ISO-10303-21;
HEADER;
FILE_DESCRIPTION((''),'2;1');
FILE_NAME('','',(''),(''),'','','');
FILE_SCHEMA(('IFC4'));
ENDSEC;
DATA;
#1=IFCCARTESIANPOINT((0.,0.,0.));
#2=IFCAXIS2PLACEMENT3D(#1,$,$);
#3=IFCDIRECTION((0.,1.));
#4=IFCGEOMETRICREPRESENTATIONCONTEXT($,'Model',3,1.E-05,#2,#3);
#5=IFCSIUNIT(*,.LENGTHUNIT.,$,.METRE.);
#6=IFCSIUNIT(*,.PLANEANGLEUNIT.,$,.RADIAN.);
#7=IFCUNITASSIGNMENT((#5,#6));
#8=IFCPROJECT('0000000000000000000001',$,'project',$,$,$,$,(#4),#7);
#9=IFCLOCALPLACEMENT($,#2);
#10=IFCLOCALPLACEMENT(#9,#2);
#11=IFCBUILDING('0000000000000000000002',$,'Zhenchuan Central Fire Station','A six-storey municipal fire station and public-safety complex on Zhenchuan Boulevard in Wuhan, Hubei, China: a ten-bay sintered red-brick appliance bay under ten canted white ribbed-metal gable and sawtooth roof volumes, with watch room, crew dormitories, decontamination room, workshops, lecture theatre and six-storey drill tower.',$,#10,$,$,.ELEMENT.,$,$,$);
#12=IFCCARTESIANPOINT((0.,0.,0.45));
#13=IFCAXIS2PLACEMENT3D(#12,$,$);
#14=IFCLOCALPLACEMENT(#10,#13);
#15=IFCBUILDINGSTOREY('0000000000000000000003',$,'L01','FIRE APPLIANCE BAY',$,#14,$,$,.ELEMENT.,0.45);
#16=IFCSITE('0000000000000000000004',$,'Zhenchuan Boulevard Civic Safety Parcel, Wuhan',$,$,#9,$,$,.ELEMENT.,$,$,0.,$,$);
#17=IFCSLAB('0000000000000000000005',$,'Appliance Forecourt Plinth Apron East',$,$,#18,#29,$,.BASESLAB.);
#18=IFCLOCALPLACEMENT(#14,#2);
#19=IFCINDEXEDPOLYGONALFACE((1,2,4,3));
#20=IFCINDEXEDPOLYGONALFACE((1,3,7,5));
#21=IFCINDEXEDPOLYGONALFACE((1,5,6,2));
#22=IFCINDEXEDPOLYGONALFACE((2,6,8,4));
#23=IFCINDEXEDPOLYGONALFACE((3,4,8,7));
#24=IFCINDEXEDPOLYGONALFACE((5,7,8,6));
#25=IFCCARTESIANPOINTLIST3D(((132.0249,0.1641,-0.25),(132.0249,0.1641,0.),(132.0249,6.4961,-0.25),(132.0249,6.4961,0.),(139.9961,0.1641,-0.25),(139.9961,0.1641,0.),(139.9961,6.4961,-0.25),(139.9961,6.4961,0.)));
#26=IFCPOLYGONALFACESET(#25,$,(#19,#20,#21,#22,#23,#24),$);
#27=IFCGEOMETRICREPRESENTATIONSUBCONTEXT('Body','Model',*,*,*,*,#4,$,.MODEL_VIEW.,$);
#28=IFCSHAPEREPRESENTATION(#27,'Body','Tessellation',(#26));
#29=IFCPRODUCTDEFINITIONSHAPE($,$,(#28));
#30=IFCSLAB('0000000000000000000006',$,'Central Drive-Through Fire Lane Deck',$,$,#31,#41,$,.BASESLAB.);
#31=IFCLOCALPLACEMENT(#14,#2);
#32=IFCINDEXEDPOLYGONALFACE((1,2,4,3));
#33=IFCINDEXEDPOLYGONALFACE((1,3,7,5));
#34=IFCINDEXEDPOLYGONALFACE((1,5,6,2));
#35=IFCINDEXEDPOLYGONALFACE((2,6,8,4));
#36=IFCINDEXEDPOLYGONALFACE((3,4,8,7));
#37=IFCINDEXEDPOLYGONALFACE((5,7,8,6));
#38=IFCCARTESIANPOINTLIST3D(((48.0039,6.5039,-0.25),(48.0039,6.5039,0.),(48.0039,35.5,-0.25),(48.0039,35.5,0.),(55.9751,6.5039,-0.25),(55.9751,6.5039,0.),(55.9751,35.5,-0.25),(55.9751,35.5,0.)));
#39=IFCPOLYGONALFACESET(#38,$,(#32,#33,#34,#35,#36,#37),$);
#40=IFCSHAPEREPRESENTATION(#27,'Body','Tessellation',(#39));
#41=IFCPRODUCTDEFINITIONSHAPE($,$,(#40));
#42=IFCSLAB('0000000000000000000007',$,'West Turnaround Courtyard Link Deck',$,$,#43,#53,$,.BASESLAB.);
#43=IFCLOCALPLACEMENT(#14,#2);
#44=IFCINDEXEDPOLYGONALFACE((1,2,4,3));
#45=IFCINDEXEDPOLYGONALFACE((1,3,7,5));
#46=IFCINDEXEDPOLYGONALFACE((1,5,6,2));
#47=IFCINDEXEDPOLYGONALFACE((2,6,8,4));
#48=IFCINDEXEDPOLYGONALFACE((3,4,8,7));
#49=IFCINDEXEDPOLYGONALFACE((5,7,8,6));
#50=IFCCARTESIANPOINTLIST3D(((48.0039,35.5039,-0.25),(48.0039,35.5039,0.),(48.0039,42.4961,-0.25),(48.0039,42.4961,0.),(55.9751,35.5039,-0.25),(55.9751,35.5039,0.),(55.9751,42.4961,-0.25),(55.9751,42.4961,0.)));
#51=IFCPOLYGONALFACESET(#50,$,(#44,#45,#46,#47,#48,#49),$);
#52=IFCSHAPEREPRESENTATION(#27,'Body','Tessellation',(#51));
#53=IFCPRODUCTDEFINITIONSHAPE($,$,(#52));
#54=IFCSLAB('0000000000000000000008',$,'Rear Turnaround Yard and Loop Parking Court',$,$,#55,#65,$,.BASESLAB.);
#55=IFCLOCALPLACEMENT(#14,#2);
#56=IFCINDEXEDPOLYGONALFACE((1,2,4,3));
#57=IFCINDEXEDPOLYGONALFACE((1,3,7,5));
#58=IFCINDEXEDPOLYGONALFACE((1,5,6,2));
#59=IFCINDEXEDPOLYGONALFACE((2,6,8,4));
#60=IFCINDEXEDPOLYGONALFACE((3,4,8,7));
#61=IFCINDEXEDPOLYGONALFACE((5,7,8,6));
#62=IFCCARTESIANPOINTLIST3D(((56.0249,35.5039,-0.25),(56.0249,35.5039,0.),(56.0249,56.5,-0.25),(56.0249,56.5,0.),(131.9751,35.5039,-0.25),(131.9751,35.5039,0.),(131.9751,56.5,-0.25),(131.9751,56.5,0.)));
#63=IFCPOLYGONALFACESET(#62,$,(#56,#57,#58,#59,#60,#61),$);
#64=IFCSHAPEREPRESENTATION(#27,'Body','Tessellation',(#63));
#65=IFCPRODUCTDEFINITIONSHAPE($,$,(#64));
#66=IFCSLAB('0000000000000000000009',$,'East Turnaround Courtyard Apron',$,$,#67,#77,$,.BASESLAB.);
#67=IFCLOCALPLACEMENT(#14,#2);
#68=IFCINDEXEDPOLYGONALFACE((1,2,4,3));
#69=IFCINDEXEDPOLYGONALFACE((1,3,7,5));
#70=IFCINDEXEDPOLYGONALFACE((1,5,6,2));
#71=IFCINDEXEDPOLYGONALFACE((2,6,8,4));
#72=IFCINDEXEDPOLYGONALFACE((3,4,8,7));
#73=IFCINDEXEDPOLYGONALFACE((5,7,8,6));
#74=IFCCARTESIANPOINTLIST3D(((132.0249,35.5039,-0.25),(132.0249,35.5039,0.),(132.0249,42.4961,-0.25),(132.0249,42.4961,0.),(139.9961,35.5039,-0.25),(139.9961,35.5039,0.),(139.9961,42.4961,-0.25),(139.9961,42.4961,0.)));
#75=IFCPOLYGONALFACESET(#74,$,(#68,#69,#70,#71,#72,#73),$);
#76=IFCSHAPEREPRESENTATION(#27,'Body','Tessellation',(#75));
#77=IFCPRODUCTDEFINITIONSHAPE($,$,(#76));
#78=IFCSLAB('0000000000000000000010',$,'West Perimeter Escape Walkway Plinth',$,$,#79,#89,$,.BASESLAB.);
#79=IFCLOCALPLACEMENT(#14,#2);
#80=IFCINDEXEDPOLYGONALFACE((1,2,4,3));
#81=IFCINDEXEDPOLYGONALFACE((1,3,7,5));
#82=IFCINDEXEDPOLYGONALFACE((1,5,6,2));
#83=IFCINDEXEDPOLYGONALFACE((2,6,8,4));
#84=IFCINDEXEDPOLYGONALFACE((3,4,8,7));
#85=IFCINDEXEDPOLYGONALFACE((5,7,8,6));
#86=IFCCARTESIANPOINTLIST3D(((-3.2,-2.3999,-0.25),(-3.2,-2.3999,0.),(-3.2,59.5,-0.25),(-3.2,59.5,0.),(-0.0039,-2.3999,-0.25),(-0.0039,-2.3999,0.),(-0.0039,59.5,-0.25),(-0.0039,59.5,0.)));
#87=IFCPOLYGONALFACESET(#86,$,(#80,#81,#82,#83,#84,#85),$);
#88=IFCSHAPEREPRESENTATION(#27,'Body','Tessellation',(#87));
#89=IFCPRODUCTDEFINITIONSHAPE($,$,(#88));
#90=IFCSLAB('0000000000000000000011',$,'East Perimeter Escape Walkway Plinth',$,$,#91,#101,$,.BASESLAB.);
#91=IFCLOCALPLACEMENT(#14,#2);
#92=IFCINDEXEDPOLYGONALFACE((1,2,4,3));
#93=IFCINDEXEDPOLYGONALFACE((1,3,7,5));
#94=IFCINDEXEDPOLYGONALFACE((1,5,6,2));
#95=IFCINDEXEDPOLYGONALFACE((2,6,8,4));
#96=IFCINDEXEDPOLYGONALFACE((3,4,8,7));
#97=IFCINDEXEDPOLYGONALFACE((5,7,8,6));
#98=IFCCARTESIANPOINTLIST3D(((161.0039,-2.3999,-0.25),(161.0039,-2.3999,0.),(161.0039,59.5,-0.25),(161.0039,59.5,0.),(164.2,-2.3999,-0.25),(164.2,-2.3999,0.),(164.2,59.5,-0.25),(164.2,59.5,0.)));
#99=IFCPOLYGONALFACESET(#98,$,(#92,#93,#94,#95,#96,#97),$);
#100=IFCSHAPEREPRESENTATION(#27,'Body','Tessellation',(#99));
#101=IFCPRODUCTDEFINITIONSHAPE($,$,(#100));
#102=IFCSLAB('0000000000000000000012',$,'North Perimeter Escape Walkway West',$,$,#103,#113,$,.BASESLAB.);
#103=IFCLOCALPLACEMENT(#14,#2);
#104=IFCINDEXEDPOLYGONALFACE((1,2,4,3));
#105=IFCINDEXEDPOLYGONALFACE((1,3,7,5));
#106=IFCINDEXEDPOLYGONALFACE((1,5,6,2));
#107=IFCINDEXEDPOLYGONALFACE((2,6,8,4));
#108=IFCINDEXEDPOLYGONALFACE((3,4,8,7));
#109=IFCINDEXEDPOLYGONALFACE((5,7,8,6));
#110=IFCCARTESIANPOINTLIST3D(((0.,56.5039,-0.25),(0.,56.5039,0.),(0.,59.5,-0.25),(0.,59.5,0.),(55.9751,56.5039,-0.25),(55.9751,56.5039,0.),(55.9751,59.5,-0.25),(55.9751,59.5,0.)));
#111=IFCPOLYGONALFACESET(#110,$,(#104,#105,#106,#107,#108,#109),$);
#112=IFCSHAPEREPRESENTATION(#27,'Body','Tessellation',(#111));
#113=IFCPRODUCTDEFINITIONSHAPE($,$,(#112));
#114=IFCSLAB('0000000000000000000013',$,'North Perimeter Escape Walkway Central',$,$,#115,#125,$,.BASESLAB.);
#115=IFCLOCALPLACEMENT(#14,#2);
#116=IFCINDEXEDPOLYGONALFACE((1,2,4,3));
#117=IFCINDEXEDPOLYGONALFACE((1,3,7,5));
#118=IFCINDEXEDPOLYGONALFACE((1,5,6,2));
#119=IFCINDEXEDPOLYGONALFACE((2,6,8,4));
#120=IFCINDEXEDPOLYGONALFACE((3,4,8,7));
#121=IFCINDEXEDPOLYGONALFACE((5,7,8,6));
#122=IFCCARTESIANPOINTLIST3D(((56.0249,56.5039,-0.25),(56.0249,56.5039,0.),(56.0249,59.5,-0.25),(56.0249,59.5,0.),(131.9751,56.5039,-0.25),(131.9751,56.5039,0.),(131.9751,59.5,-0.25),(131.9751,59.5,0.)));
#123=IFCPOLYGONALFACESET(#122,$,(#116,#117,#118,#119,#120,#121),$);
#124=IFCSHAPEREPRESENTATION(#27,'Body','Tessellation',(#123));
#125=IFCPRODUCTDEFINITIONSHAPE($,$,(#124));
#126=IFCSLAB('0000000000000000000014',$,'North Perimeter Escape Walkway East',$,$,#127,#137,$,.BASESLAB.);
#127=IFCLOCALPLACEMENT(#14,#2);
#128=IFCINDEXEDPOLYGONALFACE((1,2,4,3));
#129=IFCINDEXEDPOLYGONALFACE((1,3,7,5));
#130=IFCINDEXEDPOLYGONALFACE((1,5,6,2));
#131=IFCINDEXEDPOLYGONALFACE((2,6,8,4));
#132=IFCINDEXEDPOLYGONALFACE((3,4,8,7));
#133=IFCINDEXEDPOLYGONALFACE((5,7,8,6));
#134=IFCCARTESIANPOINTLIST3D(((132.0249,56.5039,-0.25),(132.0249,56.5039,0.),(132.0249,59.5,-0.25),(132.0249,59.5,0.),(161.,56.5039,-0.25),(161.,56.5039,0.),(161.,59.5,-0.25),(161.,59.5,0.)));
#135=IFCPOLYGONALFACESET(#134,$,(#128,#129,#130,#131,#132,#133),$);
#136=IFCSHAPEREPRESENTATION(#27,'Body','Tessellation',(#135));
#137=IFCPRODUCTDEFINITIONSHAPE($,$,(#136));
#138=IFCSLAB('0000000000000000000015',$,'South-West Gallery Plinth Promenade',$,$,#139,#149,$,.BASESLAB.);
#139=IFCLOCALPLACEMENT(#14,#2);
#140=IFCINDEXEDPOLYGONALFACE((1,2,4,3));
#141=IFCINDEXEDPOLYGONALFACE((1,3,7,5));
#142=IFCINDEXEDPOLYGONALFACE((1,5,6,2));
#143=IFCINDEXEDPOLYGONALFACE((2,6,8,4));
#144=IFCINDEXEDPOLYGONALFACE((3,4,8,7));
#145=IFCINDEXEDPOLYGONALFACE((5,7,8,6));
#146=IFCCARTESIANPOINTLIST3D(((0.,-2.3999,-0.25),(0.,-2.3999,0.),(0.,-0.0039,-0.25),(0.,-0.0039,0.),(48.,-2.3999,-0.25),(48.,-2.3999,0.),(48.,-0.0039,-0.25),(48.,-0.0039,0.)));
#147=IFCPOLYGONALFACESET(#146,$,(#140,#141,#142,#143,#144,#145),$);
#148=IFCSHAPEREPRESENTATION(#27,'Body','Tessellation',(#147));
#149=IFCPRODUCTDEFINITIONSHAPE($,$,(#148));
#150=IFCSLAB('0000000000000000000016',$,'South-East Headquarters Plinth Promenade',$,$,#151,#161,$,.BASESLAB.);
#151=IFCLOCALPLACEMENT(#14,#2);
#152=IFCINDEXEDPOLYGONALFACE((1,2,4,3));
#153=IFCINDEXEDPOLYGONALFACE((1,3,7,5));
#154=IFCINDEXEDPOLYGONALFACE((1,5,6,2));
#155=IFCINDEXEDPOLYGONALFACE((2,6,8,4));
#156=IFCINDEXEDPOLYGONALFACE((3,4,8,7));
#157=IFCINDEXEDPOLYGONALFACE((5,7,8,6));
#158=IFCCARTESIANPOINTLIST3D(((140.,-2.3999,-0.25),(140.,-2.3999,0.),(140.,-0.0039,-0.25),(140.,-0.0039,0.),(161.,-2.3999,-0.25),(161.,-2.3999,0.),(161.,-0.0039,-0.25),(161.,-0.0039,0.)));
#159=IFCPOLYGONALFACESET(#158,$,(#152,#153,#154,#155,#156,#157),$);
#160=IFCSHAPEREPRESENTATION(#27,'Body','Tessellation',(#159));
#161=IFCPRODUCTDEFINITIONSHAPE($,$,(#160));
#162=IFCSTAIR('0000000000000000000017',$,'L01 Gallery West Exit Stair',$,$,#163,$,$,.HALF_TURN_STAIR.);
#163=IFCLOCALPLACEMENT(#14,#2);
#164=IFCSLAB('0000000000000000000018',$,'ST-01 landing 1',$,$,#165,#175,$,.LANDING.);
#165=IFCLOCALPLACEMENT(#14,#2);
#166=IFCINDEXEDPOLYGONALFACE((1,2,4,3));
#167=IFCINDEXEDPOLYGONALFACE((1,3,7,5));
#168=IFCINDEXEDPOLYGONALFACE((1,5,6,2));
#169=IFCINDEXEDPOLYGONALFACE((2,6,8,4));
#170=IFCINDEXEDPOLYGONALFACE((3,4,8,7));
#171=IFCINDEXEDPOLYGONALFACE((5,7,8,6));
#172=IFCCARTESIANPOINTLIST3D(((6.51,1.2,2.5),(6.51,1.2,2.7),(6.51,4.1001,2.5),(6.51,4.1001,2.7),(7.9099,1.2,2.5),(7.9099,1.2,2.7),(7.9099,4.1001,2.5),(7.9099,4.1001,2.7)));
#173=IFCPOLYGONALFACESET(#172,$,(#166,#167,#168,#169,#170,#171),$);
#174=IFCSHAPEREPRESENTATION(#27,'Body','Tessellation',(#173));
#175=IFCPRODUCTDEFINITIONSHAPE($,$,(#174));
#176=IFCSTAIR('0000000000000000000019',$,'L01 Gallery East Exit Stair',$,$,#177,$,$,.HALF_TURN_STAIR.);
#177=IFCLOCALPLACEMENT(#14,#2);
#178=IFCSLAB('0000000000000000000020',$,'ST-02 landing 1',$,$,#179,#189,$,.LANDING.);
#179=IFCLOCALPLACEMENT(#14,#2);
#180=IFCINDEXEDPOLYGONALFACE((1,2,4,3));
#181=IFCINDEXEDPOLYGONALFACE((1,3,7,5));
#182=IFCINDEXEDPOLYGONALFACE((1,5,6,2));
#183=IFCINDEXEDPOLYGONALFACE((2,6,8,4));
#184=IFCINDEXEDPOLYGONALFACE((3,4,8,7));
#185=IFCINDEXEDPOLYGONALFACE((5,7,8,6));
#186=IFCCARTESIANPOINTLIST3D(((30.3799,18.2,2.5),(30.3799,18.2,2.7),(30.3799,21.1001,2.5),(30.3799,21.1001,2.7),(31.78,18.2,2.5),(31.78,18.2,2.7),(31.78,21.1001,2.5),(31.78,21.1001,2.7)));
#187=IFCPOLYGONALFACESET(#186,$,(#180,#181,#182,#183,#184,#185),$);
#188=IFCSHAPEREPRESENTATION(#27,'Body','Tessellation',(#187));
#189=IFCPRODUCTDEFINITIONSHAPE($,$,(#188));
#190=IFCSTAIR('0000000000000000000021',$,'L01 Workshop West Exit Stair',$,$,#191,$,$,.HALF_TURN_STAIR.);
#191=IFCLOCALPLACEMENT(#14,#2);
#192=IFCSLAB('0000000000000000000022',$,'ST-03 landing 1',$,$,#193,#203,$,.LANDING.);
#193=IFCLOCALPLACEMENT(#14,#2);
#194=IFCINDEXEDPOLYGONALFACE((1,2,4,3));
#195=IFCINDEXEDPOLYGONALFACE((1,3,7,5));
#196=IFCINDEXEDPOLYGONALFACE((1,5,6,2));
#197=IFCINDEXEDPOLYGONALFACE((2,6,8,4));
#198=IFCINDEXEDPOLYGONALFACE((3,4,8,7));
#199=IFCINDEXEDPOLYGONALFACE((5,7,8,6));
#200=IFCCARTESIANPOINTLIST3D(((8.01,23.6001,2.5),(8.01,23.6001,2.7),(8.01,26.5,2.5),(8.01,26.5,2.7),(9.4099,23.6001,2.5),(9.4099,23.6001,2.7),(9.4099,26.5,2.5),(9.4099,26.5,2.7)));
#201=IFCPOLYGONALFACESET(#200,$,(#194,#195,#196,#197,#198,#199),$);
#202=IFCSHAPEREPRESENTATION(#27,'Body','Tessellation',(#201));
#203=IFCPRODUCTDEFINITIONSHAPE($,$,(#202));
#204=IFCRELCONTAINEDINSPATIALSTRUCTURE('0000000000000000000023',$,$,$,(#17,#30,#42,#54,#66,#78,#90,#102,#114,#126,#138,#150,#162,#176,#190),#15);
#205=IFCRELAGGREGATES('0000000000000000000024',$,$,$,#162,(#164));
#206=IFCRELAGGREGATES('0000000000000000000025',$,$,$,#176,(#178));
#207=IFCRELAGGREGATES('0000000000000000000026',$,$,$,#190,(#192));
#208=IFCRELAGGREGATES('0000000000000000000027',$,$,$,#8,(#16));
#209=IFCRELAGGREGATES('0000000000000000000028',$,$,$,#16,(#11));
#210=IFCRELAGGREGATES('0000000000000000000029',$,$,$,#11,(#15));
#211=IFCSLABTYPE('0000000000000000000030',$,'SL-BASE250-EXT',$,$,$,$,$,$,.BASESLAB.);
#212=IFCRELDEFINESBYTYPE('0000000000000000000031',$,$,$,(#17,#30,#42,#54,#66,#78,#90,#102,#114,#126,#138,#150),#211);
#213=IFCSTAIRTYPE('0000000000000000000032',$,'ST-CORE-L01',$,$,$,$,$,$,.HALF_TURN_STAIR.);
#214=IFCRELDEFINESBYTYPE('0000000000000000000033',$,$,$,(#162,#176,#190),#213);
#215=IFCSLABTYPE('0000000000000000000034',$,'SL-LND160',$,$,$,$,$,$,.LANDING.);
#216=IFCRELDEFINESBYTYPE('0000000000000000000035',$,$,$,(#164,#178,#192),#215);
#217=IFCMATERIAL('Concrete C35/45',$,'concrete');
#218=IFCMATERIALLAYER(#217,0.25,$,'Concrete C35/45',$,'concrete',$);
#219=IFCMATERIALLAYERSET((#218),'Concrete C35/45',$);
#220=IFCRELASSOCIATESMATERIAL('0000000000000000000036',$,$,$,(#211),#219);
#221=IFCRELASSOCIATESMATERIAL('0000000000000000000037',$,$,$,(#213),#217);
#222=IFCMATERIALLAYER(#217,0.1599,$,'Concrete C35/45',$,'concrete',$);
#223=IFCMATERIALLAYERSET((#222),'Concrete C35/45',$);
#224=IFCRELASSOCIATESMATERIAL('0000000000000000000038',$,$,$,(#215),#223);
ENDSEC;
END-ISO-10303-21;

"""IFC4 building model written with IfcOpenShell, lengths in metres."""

from ifc_helpers import new_model, si_unit, direction, frame, origin, place, context, subcontext, project, spatial, polyline, outline, extrude, material, layer, layer_set, type_object, element, aggregate, save


model = new_model("IFC4")

# Units and contexts
model_context = context("Model", 3, precision=1e-05, world=origin(), true_north=direction((0.0, 1.0)))
body_context = subcontext(model_context, "Body", "Model", "MODEL_VIEW")
ifc_project = project(units=[si_unit("LENGTHUNIT", "METRE"), si_unit("PLANEANGLEUNIT", "RADIAN")], contexts=[model_context])

# Site, building, storey
site_placement = place(None, origin())
site = spatial("IfcSite", under=ifc_project, at=site_placement, Name="Zhenchuan Boulevard Civic Safety Parcel, Wuhan", CompositionType="ELEMENT", RefElevation=0.0)
building_placement = place(site_placement, origin())
building = spatial("IfcBuilding", under=site, at=building_placement, Name="Zhenchuan Central Fire Station", Description="A six-storey municipal fire station and public-safety complex on Zhenchuan Boulevard in Wuhan, Hubei, China: a ten-bay sintered red-brick appliance bay under ten canted white ribbed-metal gable and sawtooth roof volumes, with watch room, crew dormitories, decontamination room, workshops, lecture theatre and six-storey drill tower.", CompositionType="ELEMENT")
storey_placement = place(building_placement, frame((0.0, 0.0, 0.45)))
storey = spatial("IfcBuildingStorey", under=building, at=storey_placement, Name="L01", Description="FIRE APPLIANCE BAY", CompositionType="ELEMENT", Elevation=0.45)

# Slabs
ifc_material = material(Name="Concrete C35/45", Category="concrete")
ifc_layer_1 = layer(ifc_material, 0.25, Name="Concrete C35/45", Category="concrete")
ifc_layer_set_1 = layer_set([ifc_layer_1], Name="Concrete C35/45")
slab_type_1 = type_object("IfcSlabType", Name="SL-BASE250-EXT", PredefinedType="BASESLAB", material=ifc_layer_set_1)
slab_1_placement = place(storey_placement, frame((0.0, 0.0, -0.25)))
element("IfcSlab", 1, at=slab_1_placement, inside=storey, type_object=slab_type_1, Name="Appliance Forecourt Plinth Apron East", PredefinedType="BASESLAB", context=body_context, shape_type="SweptSolid", body=[
    extrude(outline(polyline([(132.0249, 0.1641), (139.9961, 0.1641), (139.9961, 6.4961), (132.0249, 6.4961), (132.0249, 0.1641)])), origin(), (0.0, 0.0, 1.0), 0.25),
])
slab_2_placement = place(storey_placement, frame((0.0, 0.0, -0.25)))
element("IfcSlab", 2, at=slab_2_placement, inside=storey, type_object=slab_type_1, Name="Central Drive-Through Fire Lane Deck", PredefinedType="BASESLAB", context=body_context, shape_type="SweptSolid", body=[
    extrude(outline(polyline([(48.0039, 6.5039), (55.9751, 6.5039), (55.9751, 35.5), (48.0039, 35.5), (48.0039, 6.5039)])), origin(), (0.0, 0.0, 1.0), 0.25),
])
slab_3_placement = place(storey_placement, frame((0.0, 0.0, -0.25)))
element("IfcSlab", 3, at=slab_3_placement, inside=storey, type_object=slab_type_1, Name="West Turnaround Courtyard Link Deck", PredefinedType="BASESLAB", context=body_context, shape_type="SweptSolid", body=[
    extrude(outline(polyline([(48.0039, 35.5039), (55.9751, 35.5039), (55.9751, 42.4961), (48.0039, 42.4961), (48.0039, 35.5039)])), origin(), (0.0, 0.0, 1.0), 0.25),
])
slab_4_placement = place(storey_placement, frame((0.0, 0.0, -0.25)))
element("IfcSlab", 4, at=slab_4_placement, inside=storey, type_object=slab_type_1, Name="Rear Turnaround Yard and Loop Parking Court", PredefinedType="BASESLAB", context=body_context, shape_type="SweptSolid", body=[
    extrude(outline(polyline([(56.0249, 35.5039), (131.9751, 35.5039), (131.9751, 56.5), (56.0249, 56.5), (56.0249, 35.5039)])), origin(), (0.0, 0.0, 1.0), 0.25),
])
slab_5_placement = place(storey_placement, frame((0.0, 0.0, -0.25)))
element("IfcSlab", 5, at=slab_5_placement, inside=storey, type_object=slab_type_1, Name="East Turnaround Courtyard Apron", PredefinedType="BASESLAB", context=body_context, shape_type="SweptSolid", body=[
    extrude(outline(polyline([(132.0249, 35.5039), (139.9961, 35.5039), (139.9961, 42.4961), (132.0249, 42.4961), (132.0249, 35.5039)])), origin(), (0.0, 0.0, 1.0), 0.25),
])
slab_6_placement = place(storey_placement, frame((0.0, 0.0, -0.25)))
element("IfcSlab", 6, at=slab_6_placement, inside=storey, type_object=slab_type_1, Name="West Perimeter Escape Walkway Plinth", PredefinedType="BASESLAB", context=body_context, shape_type="SweptSolid", body=[
    extrude(outline(polyline([(-3.2, -2.3999), (-0.0039, -2.3999), (-0.0039, 59.5), (-3.2, 59.5), (-3.2, -2.3999)])), origin(), (0.0, 0.0, 1.0), 0.25),
])
slab_7_placement = place(storey_placement, frame((0.0, 0.0, -0.25)))
element("IfcSlab", 7, at=slab_7_placement, inside=storey, type_object=slab_type_1, Name="East Perimeter Escape Walkway Plinth", PredefinedType="BASESLAB", context=body_context, shape_type="SweptSolid", body=[
    extrude(outline(polyline([(161.0039, -2.3999), (164.2, -2.3999), (164.2, 59.5), (161.0039, 59.5), (161.0039, -2.3999)])), origin(), (0.0, 0.0, 1.0), 0.25),
])
slab_8_placement = place(storey_placement, frame((0.0, 0.0, -0.25)))
element("IfcSlab", 8, at=slab_8_placement, inside=storey, type_object=slab_type_1, Name="North Perimeter Escape Walkway West", PredefinedType="BASESLAB", context=body_context, shape_type="SweptSolid", body=[
    extrude(outline(polyline([(0.0, 56.5039), (55.9751, 56.5039), (55.9751, 59.5), (0.0, 59.5), (0.0, 56.5039)])), origin(), (0.0, 0.0, 1.0), 0.25),
])
slab_9_placement = place(storey_placement, frame((0.0, 0.0, -0.25)))
element("IfcSlab", 9, at=slab_9_placement, inside=storey, type_object=slab_type_1, Name="North Perimeter Escape Walkway Central", PredefinedType="BASESLAB", context=body_context, shape_type="SweptSolid", body=[
    extrude(outline(polyline([(56.0249, 56.5039), (131.9751, 56.5039), (131.9751, 59.5), (56.0249, 59.5), (56.0249, 56.5039)])), origin(), (0.0, 0.0, 1.0), 0.25),
])
slab_10_placement = place(storey_placement, frame((0.0, 0.0, -0.25)))
element("IfcSlab", 10, at=slab_10_placement, inside=storey, type_object=slab_type_1, Name="North Perimeter Escape Walkway East", PredefinedType="BASESLAB", context=body_context, shape_type="SweptSolid", body=[
    extrude(outline(polyline([(132.0249, 56.5039), (161.0, 56.5039), (161.0, 59.5), (132.0249, 59.5), (132.0249, 56.5039)])), origin(), (0.0, 0.0, 1.0), 0.25),
])
slab_11_placement = place(storey_placement, frame((0.0, 0.0, -0.25)))
element("IfcSlab", 11, at=slab_11_placement, inside=storey, type_object=slab_type_1, Name="South-West Gallery Plinth Promenade", PredefinedType="BASESLAB", context=body_context, shape_type="SweptSolid", body=[
    extrude(outline(polyline([(0.0, -2.3999), (48.0, -2.3999), (48.0, -0.0039), (0.0, -0.0039), (0.0, -2.3999)])), origin(), (0.0, 0.0, 1.0), 0.25),
])
slab_12_placement = place(storey_placement, frame((0.0, 0.0, -0.25)))
element("IfcSlab", 12, at=slab_12_placement, inside=storey, type_object=slab_type_1, Name="South-East Headquarters Plinth Promenade", PredefinedType="BASESLAB", context=body_context, shape_type="SweptSolid", body=[
    extrude(outline(polyline([(140.0, -2.3999), (161.0, -2.3999), (161.0, -0.0039), (140.0, -0.0039), (140.0, -2.3999)])), origin(), (0.0, 0.0, 1.0), 0.25),
])

# Stairs, slabs
stair_type = type_object("IfcStairType", Name="ST-CORE-L01", PredefinedType="HALF_TURN_STAIR", material=ifc_material)
stair_1_placement = place(storey_placement, origin())
stair_1 = element("IfcStair", 13, at=stair_1_placement, inside=storey, type_object=stair_type, Name="L01 Gallery West Exit Stair", PredefinedType="HALF_TURN_STAIR")
ifc_layer_2 = layer(ifc_material, 0.1599, Name="Concrete C35/45", Category="concrete")
ifc_layer_set_2 = layer_set([ifc_layer_2], Name="Concrete C35/45")
slab_type_2 = type_object("IfcSlabType", Name="SL-LND160", PredefinedType="LANDING", material=ifc_layer_set_2)
slab_13_placement = place(storey_placement, frame((0.0, 0.0, 2.5)))
slab_13 = element("IfcSlab", 14, at=slab_13_placement, type_object=slab_type_2, Name="ST-01 landing 1", PredefinedType="LANDING", context=body_context, shape_type="SweptSolid", body=[
    extrude(outline(polyline([(6.51, 1.2), (7.9099, 1.2), (7.9099, 4.1001), (6.51, 4.1001), (6.51, 1.2)])), origin(), (0.0, 0.0, 1.0), 0.2),
])
aggregate(stair_1, [slab_13])
stair_2_placement = place(storey_placement, origin())
stair_2 = element("IfcStair", 15, at=stair_2_placement, inside=storey, type_object=stair_type, Name="L01 Gallery East Exit Stair", PredefinedType="HALF_TURN_STAIR")
slab_14_placement = place(storey_placement, frame((0.0, 0.0, 2.5)))
slab_14 = element("IfcSlab", 16, at=slab_14_placement, type_object=slab_type_2, Name="ST-02 landing 1", PredefinedType="LANDING", context=body_context, shape_type="SweptSolid", body=[
    extrude(outline(polyline([(30.3799, 18.2), (31.78, 18.2), (31.78, 21.1001), (30.3799, 21.1001), (30.3799, 18.2)])), origin(), (0.0, 0.0, 1.0), 0.2),
])
aggregate(stair_2, [slab_14])
stair_3_placement = place(storey_placement, origin())
stair_3 = element("IfcStair", 17, at=stair_3_placement, inside=storey, type_object=stair_type, Name="L01 Workshop West Exit Stair", PredefinedType="HALF_TURN_STAIR")
slab_15_placement = place(storey_placement, frame((0.0, 0.0, 2.5)))
slab_15 = element("IfcSlab", 18, at=slab_15_placement, type_object=slab_type_2, Name="ST-03 landing 1", PredefinedType="LANDING", context=body_context, shape_type="SweptSolid", body=[
    extrude(outline(polyline([(8.01, 23.6001), (9.4099, 23.6001), (9.4099, 26.5), (8.01, 26.5), (8.01, 23.6001)])), origin(), (0.0, 0.0, 1.0), 0.2),
])
aggregate(stair_3, [slab_15])

save(model, "model.ifc")
